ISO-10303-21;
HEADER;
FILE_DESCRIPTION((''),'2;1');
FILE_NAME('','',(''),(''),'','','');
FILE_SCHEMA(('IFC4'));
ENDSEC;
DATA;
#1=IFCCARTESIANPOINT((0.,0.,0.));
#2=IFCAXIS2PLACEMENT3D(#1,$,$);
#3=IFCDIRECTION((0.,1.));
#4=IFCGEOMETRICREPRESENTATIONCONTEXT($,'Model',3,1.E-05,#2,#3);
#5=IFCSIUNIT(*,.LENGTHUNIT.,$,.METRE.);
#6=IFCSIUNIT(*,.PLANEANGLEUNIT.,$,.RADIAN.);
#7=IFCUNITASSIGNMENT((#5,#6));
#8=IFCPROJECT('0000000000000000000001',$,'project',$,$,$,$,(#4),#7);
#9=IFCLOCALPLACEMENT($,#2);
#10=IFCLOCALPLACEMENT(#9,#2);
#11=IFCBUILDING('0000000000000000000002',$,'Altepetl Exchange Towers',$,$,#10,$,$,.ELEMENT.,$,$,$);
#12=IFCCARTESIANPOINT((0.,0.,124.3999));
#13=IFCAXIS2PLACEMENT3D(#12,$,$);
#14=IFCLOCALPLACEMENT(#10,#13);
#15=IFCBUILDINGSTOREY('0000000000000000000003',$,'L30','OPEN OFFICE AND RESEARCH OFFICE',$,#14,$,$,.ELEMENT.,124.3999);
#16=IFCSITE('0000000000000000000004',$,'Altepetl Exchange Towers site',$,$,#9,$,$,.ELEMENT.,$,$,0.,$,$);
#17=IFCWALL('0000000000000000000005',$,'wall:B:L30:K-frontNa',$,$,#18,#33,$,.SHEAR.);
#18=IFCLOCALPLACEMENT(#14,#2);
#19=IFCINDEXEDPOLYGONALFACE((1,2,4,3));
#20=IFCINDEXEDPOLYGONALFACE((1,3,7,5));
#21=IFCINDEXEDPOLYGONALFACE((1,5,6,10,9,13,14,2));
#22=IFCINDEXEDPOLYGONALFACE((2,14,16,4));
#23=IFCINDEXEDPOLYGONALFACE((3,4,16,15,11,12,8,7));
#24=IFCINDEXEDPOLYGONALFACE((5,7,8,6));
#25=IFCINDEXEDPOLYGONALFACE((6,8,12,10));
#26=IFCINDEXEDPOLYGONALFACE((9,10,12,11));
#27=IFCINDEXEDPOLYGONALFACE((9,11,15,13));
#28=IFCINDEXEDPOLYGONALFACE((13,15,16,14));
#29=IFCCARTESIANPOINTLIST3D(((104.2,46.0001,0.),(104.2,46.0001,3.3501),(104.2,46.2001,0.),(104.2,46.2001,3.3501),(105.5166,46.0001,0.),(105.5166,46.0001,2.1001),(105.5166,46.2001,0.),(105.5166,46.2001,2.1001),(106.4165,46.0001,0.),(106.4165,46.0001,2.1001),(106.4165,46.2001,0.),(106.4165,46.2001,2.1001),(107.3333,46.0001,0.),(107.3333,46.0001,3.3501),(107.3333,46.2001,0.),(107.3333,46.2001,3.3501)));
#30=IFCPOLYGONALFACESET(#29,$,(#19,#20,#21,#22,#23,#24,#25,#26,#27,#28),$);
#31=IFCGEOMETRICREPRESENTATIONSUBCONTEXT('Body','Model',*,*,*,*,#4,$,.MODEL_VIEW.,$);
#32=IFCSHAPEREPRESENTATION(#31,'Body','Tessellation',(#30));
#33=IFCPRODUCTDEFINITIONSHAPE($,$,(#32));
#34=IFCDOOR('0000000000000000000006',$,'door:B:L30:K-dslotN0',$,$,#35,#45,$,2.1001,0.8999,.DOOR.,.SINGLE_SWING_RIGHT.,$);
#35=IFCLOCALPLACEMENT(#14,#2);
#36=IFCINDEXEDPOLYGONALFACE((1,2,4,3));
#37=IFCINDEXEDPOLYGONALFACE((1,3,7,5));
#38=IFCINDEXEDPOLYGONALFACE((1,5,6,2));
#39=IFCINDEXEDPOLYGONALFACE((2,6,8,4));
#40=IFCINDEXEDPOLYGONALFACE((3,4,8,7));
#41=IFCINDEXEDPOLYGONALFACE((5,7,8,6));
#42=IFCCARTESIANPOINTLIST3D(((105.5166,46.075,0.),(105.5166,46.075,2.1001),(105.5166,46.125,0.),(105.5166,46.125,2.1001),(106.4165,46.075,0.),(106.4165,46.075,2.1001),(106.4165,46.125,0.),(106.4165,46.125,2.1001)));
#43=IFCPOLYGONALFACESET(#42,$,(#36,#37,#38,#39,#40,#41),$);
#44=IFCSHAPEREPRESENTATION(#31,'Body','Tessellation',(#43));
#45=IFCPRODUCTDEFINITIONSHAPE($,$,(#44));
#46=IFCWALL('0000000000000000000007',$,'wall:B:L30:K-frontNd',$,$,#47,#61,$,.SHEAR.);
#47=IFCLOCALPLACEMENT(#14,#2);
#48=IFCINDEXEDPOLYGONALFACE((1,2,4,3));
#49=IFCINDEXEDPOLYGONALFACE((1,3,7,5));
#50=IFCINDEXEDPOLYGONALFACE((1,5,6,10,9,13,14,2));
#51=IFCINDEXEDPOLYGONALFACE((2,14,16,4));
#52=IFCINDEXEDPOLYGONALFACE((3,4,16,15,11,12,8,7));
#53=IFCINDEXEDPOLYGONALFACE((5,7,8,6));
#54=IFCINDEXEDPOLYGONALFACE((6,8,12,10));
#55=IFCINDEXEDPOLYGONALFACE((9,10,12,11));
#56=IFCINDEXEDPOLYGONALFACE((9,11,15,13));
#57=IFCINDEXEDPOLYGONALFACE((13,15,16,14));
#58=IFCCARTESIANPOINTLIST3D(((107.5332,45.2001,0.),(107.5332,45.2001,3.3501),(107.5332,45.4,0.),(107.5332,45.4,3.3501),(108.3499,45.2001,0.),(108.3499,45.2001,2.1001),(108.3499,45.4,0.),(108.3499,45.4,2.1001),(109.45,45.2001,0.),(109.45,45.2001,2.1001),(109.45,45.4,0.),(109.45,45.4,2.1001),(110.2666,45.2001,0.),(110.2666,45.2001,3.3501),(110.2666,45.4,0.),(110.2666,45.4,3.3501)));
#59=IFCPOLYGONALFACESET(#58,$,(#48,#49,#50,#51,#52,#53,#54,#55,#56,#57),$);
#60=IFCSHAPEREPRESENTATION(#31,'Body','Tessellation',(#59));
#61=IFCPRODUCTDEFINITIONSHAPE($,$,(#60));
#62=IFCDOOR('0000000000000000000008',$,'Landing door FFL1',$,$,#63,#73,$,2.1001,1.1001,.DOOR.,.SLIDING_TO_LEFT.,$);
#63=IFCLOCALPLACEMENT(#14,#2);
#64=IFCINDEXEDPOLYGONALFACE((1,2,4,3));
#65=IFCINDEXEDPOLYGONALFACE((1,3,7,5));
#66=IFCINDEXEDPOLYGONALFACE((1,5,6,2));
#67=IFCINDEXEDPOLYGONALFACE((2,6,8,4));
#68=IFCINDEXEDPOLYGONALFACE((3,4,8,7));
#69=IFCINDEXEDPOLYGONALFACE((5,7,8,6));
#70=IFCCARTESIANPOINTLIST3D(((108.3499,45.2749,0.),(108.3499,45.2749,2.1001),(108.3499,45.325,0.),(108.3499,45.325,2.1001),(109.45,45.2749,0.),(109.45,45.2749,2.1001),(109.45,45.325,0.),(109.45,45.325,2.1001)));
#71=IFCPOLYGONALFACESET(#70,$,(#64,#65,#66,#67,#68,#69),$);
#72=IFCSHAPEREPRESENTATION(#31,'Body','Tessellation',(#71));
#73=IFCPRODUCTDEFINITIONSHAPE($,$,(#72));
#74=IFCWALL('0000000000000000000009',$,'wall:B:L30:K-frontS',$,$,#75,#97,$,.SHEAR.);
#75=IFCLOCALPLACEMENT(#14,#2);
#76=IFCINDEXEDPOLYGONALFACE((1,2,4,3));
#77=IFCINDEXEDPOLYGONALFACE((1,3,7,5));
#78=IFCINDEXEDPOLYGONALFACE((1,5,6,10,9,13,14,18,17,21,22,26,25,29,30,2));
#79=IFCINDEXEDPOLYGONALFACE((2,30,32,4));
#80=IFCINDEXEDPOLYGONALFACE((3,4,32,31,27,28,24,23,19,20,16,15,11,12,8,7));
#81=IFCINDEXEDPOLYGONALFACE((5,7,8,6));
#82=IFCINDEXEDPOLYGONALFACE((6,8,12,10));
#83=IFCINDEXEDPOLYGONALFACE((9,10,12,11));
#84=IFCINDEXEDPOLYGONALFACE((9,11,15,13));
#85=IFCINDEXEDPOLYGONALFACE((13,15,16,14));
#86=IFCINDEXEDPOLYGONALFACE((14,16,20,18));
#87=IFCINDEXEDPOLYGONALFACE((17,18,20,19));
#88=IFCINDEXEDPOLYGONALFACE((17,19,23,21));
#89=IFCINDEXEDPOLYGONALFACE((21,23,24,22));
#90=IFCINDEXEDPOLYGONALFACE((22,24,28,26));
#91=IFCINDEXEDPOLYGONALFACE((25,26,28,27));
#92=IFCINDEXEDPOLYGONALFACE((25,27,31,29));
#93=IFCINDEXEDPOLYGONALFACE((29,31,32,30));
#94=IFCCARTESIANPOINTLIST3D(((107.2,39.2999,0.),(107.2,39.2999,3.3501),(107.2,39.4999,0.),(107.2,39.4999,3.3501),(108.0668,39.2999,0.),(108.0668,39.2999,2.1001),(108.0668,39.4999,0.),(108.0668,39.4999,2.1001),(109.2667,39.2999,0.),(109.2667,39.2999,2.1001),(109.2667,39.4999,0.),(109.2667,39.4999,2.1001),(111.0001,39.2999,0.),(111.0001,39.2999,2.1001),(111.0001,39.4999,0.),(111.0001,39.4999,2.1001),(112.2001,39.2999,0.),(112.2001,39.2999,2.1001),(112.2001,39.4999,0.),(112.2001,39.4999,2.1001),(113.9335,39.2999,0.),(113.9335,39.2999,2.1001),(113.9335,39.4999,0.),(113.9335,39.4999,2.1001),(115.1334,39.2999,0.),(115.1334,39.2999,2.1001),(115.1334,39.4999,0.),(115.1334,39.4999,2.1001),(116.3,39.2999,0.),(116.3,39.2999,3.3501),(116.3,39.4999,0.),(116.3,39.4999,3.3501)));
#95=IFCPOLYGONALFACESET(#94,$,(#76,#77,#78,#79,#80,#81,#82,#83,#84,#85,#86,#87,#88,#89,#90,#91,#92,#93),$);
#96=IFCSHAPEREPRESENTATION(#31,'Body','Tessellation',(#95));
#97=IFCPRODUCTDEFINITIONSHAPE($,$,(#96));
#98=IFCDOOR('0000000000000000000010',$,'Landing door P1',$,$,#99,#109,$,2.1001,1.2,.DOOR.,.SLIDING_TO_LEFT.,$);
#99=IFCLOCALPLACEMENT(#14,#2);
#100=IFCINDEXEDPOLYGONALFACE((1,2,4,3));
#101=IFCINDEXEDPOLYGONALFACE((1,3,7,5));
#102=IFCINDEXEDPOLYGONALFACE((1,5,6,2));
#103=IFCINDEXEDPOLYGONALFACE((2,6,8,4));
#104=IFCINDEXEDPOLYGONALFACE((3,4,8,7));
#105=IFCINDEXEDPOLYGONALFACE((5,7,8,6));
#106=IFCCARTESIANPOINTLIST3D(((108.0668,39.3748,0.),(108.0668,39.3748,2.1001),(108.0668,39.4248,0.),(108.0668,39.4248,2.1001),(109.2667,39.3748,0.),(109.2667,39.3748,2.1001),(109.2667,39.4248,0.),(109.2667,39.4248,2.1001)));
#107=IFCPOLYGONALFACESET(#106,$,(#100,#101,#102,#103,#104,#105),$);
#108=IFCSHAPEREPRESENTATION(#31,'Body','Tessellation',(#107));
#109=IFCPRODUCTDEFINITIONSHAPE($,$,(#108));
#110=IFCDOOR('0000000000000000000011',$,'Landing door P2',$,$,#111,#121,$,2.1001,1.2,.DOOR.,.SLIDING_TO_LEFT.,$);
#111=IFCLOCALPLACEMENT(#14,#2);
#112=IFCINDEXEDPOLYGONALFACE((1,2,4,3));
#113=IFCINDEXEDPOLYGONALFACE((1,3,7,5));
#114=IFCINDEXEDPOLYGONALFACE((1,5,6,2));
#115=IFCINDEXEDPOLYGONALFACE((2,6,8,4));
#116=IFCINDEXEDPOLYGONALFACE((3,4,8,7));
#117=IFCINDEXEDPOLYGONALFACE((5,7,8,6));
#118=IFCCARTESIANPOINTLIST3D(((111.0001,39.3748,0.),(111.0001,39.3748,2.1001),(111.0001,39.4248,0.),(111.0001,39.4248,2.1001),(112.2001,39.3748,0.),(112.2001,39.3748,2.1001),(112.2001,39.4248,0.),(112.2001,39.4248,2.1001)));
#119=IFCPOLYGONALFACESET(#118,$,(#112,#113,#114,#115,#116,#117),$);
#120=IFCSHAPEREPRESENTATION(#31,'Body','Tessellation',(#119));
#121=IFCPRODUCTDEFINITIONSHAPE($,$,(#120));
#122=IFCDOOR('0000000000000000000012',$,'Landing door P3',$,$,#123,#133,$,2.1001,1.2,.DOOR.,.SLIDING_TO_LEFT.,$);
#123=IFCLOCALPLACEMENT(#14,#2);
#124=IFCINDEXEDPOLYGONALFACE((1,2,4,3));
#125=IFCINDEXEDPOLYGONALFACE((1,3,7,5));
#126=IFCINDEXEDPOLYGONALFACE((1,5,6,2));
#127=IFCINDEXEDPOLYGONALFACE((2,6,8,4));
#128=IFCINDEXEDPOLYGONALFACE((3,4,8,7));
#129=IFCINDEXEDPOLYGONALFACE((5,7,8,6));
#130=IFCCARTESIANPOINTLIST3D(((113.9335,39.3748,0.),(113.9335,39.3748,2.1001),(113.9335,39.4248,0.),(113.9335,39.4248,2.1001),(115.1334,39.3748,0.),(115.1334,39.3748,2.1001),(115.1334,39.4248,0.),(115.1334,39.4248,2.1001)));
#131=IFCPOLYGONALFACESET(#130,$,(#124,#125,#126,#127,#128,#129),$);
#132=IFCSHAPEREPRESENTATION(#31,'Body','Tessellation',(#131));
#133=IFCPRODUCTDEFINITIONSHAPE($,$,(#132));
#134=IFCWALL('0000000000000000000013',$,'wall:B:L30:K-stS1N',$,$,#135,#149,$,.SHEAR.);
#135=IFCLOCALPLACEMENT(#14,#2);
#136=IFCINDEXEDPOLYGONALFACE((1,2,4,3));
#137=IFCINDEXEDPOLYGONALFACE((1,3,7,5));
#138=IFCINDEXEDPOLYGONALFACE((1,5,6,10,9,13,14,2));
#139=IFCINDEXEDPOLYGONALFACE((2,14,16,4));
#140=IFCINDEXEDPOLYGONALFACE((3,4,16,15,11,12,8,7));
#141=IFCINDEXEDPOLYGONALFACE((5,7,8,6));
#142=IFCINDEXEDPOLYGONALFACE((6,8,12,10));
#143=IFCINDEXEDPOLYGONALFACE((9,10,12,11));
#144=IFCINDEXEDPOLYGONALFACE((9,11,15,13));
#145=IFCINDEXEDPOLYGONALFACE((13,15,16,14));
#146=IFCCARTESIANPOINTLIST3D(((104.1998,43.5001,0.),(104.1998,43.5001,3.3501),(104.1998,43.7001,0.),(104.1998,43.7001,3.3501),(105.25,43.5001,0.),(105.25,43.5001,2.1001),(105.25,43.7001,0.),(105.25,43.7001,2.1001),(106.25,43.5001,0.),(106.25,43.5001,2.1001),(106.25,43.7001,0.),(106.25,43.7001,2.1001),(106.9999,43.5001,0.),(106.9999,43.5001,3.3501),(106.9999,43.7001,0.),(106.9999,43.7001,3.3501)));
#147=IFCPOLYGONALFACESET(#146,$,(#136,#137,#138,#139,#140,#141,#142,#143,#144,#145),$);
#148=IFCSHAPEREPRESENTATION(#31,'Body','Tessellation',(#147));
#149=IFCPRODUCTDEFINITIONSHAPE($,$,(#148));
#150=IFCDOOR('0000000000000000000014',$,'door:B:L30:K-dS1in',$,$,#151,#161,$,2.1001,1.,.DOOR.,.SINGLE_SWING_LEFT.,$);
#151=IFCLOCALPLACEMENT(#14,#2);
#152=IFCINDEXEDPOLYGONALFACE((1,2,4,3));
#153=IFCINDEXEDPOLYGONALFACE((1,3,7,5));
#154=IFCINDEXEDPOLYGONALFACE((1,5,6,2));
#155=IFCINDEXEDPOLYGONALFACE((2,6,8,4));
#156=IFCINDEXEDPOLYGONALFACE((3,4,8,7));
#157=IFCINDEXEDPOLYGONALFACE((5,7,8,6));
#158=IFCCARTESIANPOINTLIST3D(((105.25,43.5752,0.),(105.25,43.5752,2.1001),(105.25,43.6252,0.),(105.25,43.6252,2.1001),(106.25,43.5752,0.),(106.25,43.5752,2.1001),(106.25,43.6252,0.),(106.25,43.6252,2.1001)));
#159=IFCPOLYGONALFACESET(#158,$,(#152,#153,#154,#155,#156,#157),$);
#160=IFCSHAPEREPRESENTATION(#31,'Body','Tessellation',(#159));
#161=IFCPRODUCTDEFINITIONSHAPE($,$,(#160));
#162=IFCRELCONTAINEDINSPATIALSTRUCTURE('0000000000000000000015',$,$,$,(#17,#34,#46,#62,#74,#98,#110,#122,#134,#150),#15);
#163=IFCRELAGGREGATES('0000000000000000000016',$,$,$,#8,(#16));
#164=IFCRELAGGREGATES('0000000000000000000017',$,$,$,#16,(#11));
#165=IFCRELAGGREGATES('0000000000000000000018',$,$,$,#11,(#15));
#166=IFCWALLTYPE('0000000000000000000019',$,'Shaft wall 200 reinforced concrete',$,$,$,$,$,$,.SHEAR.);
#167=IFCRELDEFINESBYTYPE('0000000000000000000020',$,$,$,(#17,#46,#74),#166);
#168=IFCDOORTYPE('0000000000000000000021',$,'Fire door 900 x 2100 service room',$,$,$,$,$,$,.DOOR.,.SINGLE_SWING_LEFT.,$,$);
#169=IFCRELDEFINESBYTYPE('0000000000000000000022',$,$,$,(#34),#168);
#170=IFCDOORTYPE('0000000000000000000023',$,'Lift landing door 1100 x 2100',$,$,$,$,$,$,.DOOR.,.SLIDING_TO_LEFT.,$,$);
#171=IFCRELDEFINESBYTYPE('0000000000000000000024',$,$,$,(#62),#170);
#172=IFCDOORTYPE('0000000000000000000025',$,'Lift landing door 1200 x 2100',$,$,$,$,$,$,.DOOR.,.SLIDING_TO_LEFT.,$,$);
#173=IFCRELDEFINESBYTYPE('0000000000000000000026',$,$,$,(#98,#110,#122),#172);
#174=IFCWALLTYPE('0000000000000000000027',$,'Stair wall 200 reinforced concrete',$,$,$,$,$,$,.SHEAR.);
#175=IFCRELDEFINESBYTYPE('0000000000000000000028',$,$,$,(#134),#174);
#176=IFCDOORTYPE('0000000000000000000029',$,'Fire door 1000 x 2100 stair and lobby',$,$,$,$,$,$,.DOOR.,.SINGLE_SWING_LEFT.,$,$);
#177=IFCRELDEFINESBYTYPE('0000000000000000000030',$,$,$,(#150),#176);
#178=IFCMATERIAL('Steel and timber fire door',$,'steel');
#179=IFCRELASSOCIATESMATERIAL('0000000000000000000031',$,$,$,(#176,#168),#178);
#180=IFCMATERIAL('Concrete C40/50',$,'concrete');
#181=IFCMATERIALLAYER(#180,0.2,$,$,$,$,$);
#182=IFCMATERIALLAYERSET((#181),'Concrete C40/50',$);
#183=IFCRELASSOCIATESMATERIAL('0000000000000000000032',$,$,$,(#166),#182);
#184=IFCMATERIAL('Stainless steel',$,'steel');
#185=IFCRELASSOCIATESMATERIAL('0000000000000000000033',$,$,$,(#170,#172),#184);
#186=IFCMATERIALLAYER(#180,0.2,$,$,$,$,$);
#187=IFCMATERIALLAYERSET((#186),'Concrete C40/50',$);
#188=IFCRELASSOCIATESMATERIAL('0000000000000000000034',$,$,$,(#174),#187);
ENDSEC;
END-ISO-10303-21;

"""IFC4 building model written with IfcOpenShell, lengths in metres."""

from ifc_helpers import new_model, si_unit, direction, frame, frame_2d, origin, place, context, subcontext, project, spatial, rectangle, extrude, material, layer, layer_set, type_object, element, fill, save


model = new_model("IFC4")

# Units and contexts
model_context = context("Model", 3, precision=1e-05, world=origin(), true_north=direction((0.0, 1.0)))
body_context = subcontext(model_context, "Body", "Model", "MODEL_VIEW")
ifc_project = project(units=[si_unit("LENGTHUNIT", "METRE"), si_unit("PLANEANGLEUNIT", "RADIAN")], contexts=[model_context])

# Site, building, storey
site_placement = place(None, origin())
site = spatial("IfcSite", under=ifc_project, at=site_placement, Name="Altepetl Exchange Towers site", CompositionType="ELEMENT", RefElevation=0.0)
building_placement = place(site_placement, origin())
building = spatial("IfcBuilding", under=site, at=building_placement, Name="Altepetl Exchange Towers", CompositionType="ELEMENT")
storey_placement = place(building_placement, frame((0.0, 0.0, 124.3999)))
storey = spatial("IfcBuildingStorey", under=building, at=storey_placement, Name="L30", Description="OPEN OFFICE AND RESEARCH OFFICE", CompositionType="ELEMENT", Elevation=124.3999)

# Shared definitions
ifc_material_1 = material(Name="Steel and timber fire door", Category="steel")
door_type_1 = type_object("IfcDoorType", Name="Fire door 1000 x 2100 stair and lobby", OperationType="SINGLE_SWING_LEFT", PredefinedType="DOOR", material=ifc_material_1)
door_type_2 = type_object("IfcDoorType", Name="Fire door 900 x 2100 service room", OperationType="SINGLE_SWING_LEFT", PredefinedType="DOOR", material=ifc_material_1)

# Shared definitions
ifc_material_2 = material(Name="Concrete C40/50", Category="concrete")
ifc_layer_1 = layer(ifc_material_2, 0.2)
ifc_layer_set_1 = layer_set([ifc_layer_1], Name="Concrete C40/50")
wall_type_1 = type_object("IfcWallType", Name="Shaft wall 200 reinforced concrete", PredefinedType="SHEAR", material=ifc_layer_set_1)

# Walls, openings, doors
wall_1_placement = place(storey_placement, frame((104.2, 46.1001, 0.0)))
wall_1 = element("IfcWall", 1, at=wall_1_placement, inside=storey, type_object=wall_type_1, Name="wall:B:L30:K-frontNa", PredefinedType="SHEAR", context=body_context, shape_type="SweptSolid", body=[
    extrude(rectangle(XDim=3.1333, YDim=0.2, at=frame_2d((1.5667, 0.0))), origin(), (0.0, 0.0, 1.0), 3.3501),
])
opening_1_placement = place(wall_1_placement, frame((1.3167, 0.0, 0.0)))
opening_1 = element("IfcOpeningElement", 2, at=opening_1_placement, cuts=wall_1, PredefinedType="OPENING", context=body_context, shape_type="SweptSolid", body=[
    extrude(rectangle(XDim=0.8999, YDim=2.1001, at=frame_2d((0.45, 1.05))), frame((0.0, 0.1099, 0.0), z_axis=(0.0, -1.0, 0.0), x_axis=(1.0, 0.0, 0.0)), (0.0, 0.0, 1.0), 0.22),
])
door_1_placement = place(opening_1_placement, origin())
door_1 = element("IfcDoor", 3, at=door_1_placement, inside=storey, type_object=door_type_2, Name="door:B:L30:K-dslotN0", OperationType="SINGLE_SWING_RIGHT", OverallHeight=2.1001, OverallWidth=0.8999, PredefinedType="DOOR", context=body_context, shape_type="SweptSolid", body=[
    extrude(rectangle(XDim=0.8999, YDim=2.1001, at=frame_2d((0.45, 1.05))), frame((0.0, 0.0249, 0.0), z_axis=(0.0, -1.0, 0.0), x_axis=(1.0, 0.0, 0.0)), (0.0, 0.0, 1.0), 0.05),
])
fill(opening_1, door_1)
wall_2_placement = place(storey_placement, frame((107.5332, 45.3, 0.0)))
wall_2 = element("IfcWall", 4, at=wall_2_placement, inside=storey, type_object=wall_type_1, Name="wall:B:L30:K-frontNd", PredefinedType="SHEAR", context=body_context, shape_type="SweptSolid", body=[
    extrude(rectangle(XDim=2.7334, YDim=0.2, at=frame_2d((1.3667, 0.0))), origin(), (0.0, 0.0, 1.0), 3.3501),
])
opening_2_placement = place(wall_2_placement, frame((0.8167, 0.0, 0.0)))
opening_2 = element("IfcOpeningElement", 5, at=opening_2_placement, cuts=wall_2, PredefinedType="OPENING", context=body_context, shape_type="SweptSolid", body=[
    extrude(rectangle(XDim=1.1001, YDim=2.1001, at=frame_2d((0.55, 1.05))), frame((0.0, 0.1099, 0.0), z_axis=(0.0, -1.0, 0.0), x_axis=(1.0, 0.0, 0.0)), (0.0, 0.0, 1.0), 0.22),
])
ifc_material_3 = material(Name="Stainless steel", Category="steel")
door_type_3 = type_object("IfcDoorType", Name="Lift landing door 1100 x 2100", OperationType="SLIDING_TO_LEFT", PredefinedType="DOOR", material=ifc_material_3)
door_2_placement = place(opening_2_placement, origin())
door_2 = element("IfcDoor", 6, at=door_2_placement, inside=storey, type_object=door_type_3, Name="Landing door FFL1", OperationType="SLIDING_TO_LEFT", OverallHeight=2.1001, OverallWidth=1.1001, PredefinedType="DOOR", context=body_context, shape_type="SweptSolid", body=[
    extrude(rectangle(XDim=1.1001, YDim=2.1001, at=frame_2d((0.55, 1.05))), frame((0.0, 0.0249, 0.0), z_axis=(0.0, -1.0, 0.0), x_axis=(1.0, 0.0, 0.0)), (0.0, 0.0, 1.0), 0.05),
])
fill(opening_2, door_2)

# Wall, openings, doors
wall_3_placement = place(storey_placement, frame((107.2, 39.3999, 0.0)))
wall_3 = element("IfcWall", 7, at=wall_3_placement, inside=storey, type_object=wall_type_1, Name="wall:B:L30:K-frontS", PredefinedType="SHEAR", context=body_context, shape_type="SweptSolid", body=[
    extrude(rectangle(XDim=9.1001, YDim=0.2, at=frame_2d((4.55, 0.0))), origin(), (0.0, 0.0, 1.0), 3.3501),
])
opening_3_placement = place(wall_3_placement, frame((0.8667, 0.0, 0.0)))
opening_3 = element("IfcOpeningElement", 8, at=opening_3_placement, cuts=wall_3, PredefinedType="OPENING", context=body_context, shape_type="SweptSolid", body=[
    extrude(rectangle(XDim=1.2, YDim=2.1001, at=frame_2d((0.6001, 1.05))), frame((0.0, 0.1099, 0.0), z_axis=(0.0, -1.0, 0.0), x_axis=(1.0, 0.0, 0.0)), (0.0, 0.0, 1.0), 0.22),
])
opening_4_placement = place(wall_3_placement, frame((3.8, 0.0, 0.0)))
opening_4 = element("IfcOpeningElement", 9, at=opening_4_placement, cuts=wall_3, PredefinedType="OPENING", context=body_context, shape_type="SweptSolid", body=[
    extrude(rectangle(XDim=1.2, YDim=2.1001, at=frame_2d((0.6001, 1.05))), frame((0.0, 0.1099, 0.0), z_axis=(0.0, -1.0, 0.0), x_axis=(1.0, 0.0, 0.0)), (0.0, 0.0, 1.0), 0.22),
])
opening_5_placement = place(wall_3_placement, frame((6.7334, 0.0, 0.0)))
opening_5 = element("IfcOpeningElement", 10, at=opening_5_placement, cuts=wall_3, PredefinedType="OPENING", context=body_context, shape_type="SweptSolid", body=[
    extrude(rectangle(XDim=1.2, YDim=2.1001, at=frame_2d((0.6001, 1.05))), frame((0.0, 0.1099, 0.0), z_axis=(0.0, -1.0, 0.0), x_axis=(1.0, 0.0, 0.0)), (0.0, 0.0, 1.0), 0.22),
])
door_type_4 = type_object("IfcDoorType", Name="Lift landing door 1200 x 2100", OperationType="SLIDING_TO_LEFT", PredefinedType="DOOR", material=ifc_material_3)
door_3_placement = place(opening_3_placement, origin())
door_3 = element("IfcDoor", 11, at=door_3_placement, inside=storey, type_object=door_type_4, Name="Landing door P1", OperationType="SLIDING_TO_LEFT", OverallHeight=2.1001, OverallWidth=1.2, PredefinedType="DOOR", context=body_context, shape_type="SweptSolid", body=[
    extrude(rectangle(XDim=1.2, YDim=2.1001, at=frame_2d((0.6001, 1.05))), frame((0.0, 0.0249, 0.0), z_axis=(0.0, -1.0, 0.0), x_axis=(1.0, 0.0, 0.0)), (0.0, 0.0, 1.0), 0.05),
])
fill(opening_3, door_3)
door_4_placement = place(opening_4_placement, origin())
door_4 = element("IfcDoor", 12, at=door_4_placement, inside=storey, type_object=door_type_4, Name="Landing door P2", OperationType="SLIDING_TO_LEFT", OverallHeight=2.1001, OverallWidth=1.2, PredefinedType="DOOR", context=body_context, shape_type="SweptSolid", body=[
    extrude(rectangle(XDim=1.2, YDim=2.1001, at=frame_2d((0.6001, 1.05))), frame((0.0, 0.0249, 0.0), z_axis=(0.0, -1.0, 0.0), x_axis=(1.0, 0.0, 0.0)), (0.0, 0.0, 1.0), 0.05),
])
fill(opening_4, door_4)
door_5_placement = place(opening_5_placement, origin())
door_5 = element("IfcDoor", 13, at=door_5_placement, inside=storey, type_object=door_type_4, Name="Landing door P3", OperationType="SLIDING_TO_LEFT", OverallHeight=2.1001, OverallWidth=1.2, PredefinedType="DOOR", context=body_context, shape_type="SweptSolid", body=[
    extrude(rectangle(XDim=1.2, YDim=2.1001, at=frame_2d((0.6001, 1.05))), frame((0.0, 0.0249, 0.0), z_axis=(0.0, -1.0, 0.0), x_axis=(1.0, 0.0, 0.0)), (0.0, 0.0, 1.0), 0.05),
])
fill(opening_5, door_5)

# Wall, opening, door
ifc_layer_2 = layer(ifc_material_2, 0.2)
ifc_layer_set_2 = layer_set([ifc_layer_2], Name="Concrete C40/50")
wall_type_2 = type_object("IfcWallType", Name="Stair wall 200 reinforced concrete", PredefinedType="SHEAR", material=ifc_layer_set_2)
wall_4_placement = place(storey_placement, frame((104.2, 43.6001, 0.0)))
wall_4 = element("IfcWall", 14, at=wall_4_placement, inside=storey, type_object=wall_type_2, Name="wall:B:L30:K-stS1N", PredefinedType="SHEAR", context=body_context, shape_type="SweptSolid", body=[
    extrude(rectangle(XDim=2.8, YDim=0.2, at=frame_2d((1.3999, 0.0))), origin(), (0.0, 0.0, 1.0), 3.3501),
])
opening_6_placement = place(wall_4_placement, frame((1.05, 0.0, 0.0)))
opening_6 = element("IfcOpeningElement", 15, at=opening_6_placement, cuts=wall_4, PredefinedType="OPENING", context=body_context, shape_type="SweptSolid", body=[
    extrude(rectangle(XDim=1.0, YDim=2.1001, at=frame_2d((0.5, 1.05))), frame((0.0, 0.1099, 0.0), z_axis=(0.0, -1.0, 0.0), x_axis=(1.0, 0.0, 0.0)), (0.0, 0.0, 1.0), 0.22),
])
door_6_placement = place(opening_6_placement, frame((1.0, 0.0, 0.0), x_axis=(-1.0, 0.0, 0.0)))
door_6 = element("IfcDoor", 16, at=door_6_placement, inside=storey, type_object=door_type_1, Name="door:B:L30:K-dS1in", OperationType="SINGLE_SWING_LEFT", OverallHeight=2.1001, OverallWidth=1.0, PredefinedType="DOOR", context=body_context, shape_type="SweptSolid", body=[
    extrude(rectangle(XDim=1.0, YDim=2.1001, at=frame_2d((0.5, 1.05))), frame((0.0, 0.0249, 0.0), z_axis=(0.0, -1.0, 0.0), x_axis=(1.0, 0.0, 0.0)), (0.0, 0.0, 1.0), 0.05),
])
fill(opening_6, door_6)

save(model, "model.ifc")
